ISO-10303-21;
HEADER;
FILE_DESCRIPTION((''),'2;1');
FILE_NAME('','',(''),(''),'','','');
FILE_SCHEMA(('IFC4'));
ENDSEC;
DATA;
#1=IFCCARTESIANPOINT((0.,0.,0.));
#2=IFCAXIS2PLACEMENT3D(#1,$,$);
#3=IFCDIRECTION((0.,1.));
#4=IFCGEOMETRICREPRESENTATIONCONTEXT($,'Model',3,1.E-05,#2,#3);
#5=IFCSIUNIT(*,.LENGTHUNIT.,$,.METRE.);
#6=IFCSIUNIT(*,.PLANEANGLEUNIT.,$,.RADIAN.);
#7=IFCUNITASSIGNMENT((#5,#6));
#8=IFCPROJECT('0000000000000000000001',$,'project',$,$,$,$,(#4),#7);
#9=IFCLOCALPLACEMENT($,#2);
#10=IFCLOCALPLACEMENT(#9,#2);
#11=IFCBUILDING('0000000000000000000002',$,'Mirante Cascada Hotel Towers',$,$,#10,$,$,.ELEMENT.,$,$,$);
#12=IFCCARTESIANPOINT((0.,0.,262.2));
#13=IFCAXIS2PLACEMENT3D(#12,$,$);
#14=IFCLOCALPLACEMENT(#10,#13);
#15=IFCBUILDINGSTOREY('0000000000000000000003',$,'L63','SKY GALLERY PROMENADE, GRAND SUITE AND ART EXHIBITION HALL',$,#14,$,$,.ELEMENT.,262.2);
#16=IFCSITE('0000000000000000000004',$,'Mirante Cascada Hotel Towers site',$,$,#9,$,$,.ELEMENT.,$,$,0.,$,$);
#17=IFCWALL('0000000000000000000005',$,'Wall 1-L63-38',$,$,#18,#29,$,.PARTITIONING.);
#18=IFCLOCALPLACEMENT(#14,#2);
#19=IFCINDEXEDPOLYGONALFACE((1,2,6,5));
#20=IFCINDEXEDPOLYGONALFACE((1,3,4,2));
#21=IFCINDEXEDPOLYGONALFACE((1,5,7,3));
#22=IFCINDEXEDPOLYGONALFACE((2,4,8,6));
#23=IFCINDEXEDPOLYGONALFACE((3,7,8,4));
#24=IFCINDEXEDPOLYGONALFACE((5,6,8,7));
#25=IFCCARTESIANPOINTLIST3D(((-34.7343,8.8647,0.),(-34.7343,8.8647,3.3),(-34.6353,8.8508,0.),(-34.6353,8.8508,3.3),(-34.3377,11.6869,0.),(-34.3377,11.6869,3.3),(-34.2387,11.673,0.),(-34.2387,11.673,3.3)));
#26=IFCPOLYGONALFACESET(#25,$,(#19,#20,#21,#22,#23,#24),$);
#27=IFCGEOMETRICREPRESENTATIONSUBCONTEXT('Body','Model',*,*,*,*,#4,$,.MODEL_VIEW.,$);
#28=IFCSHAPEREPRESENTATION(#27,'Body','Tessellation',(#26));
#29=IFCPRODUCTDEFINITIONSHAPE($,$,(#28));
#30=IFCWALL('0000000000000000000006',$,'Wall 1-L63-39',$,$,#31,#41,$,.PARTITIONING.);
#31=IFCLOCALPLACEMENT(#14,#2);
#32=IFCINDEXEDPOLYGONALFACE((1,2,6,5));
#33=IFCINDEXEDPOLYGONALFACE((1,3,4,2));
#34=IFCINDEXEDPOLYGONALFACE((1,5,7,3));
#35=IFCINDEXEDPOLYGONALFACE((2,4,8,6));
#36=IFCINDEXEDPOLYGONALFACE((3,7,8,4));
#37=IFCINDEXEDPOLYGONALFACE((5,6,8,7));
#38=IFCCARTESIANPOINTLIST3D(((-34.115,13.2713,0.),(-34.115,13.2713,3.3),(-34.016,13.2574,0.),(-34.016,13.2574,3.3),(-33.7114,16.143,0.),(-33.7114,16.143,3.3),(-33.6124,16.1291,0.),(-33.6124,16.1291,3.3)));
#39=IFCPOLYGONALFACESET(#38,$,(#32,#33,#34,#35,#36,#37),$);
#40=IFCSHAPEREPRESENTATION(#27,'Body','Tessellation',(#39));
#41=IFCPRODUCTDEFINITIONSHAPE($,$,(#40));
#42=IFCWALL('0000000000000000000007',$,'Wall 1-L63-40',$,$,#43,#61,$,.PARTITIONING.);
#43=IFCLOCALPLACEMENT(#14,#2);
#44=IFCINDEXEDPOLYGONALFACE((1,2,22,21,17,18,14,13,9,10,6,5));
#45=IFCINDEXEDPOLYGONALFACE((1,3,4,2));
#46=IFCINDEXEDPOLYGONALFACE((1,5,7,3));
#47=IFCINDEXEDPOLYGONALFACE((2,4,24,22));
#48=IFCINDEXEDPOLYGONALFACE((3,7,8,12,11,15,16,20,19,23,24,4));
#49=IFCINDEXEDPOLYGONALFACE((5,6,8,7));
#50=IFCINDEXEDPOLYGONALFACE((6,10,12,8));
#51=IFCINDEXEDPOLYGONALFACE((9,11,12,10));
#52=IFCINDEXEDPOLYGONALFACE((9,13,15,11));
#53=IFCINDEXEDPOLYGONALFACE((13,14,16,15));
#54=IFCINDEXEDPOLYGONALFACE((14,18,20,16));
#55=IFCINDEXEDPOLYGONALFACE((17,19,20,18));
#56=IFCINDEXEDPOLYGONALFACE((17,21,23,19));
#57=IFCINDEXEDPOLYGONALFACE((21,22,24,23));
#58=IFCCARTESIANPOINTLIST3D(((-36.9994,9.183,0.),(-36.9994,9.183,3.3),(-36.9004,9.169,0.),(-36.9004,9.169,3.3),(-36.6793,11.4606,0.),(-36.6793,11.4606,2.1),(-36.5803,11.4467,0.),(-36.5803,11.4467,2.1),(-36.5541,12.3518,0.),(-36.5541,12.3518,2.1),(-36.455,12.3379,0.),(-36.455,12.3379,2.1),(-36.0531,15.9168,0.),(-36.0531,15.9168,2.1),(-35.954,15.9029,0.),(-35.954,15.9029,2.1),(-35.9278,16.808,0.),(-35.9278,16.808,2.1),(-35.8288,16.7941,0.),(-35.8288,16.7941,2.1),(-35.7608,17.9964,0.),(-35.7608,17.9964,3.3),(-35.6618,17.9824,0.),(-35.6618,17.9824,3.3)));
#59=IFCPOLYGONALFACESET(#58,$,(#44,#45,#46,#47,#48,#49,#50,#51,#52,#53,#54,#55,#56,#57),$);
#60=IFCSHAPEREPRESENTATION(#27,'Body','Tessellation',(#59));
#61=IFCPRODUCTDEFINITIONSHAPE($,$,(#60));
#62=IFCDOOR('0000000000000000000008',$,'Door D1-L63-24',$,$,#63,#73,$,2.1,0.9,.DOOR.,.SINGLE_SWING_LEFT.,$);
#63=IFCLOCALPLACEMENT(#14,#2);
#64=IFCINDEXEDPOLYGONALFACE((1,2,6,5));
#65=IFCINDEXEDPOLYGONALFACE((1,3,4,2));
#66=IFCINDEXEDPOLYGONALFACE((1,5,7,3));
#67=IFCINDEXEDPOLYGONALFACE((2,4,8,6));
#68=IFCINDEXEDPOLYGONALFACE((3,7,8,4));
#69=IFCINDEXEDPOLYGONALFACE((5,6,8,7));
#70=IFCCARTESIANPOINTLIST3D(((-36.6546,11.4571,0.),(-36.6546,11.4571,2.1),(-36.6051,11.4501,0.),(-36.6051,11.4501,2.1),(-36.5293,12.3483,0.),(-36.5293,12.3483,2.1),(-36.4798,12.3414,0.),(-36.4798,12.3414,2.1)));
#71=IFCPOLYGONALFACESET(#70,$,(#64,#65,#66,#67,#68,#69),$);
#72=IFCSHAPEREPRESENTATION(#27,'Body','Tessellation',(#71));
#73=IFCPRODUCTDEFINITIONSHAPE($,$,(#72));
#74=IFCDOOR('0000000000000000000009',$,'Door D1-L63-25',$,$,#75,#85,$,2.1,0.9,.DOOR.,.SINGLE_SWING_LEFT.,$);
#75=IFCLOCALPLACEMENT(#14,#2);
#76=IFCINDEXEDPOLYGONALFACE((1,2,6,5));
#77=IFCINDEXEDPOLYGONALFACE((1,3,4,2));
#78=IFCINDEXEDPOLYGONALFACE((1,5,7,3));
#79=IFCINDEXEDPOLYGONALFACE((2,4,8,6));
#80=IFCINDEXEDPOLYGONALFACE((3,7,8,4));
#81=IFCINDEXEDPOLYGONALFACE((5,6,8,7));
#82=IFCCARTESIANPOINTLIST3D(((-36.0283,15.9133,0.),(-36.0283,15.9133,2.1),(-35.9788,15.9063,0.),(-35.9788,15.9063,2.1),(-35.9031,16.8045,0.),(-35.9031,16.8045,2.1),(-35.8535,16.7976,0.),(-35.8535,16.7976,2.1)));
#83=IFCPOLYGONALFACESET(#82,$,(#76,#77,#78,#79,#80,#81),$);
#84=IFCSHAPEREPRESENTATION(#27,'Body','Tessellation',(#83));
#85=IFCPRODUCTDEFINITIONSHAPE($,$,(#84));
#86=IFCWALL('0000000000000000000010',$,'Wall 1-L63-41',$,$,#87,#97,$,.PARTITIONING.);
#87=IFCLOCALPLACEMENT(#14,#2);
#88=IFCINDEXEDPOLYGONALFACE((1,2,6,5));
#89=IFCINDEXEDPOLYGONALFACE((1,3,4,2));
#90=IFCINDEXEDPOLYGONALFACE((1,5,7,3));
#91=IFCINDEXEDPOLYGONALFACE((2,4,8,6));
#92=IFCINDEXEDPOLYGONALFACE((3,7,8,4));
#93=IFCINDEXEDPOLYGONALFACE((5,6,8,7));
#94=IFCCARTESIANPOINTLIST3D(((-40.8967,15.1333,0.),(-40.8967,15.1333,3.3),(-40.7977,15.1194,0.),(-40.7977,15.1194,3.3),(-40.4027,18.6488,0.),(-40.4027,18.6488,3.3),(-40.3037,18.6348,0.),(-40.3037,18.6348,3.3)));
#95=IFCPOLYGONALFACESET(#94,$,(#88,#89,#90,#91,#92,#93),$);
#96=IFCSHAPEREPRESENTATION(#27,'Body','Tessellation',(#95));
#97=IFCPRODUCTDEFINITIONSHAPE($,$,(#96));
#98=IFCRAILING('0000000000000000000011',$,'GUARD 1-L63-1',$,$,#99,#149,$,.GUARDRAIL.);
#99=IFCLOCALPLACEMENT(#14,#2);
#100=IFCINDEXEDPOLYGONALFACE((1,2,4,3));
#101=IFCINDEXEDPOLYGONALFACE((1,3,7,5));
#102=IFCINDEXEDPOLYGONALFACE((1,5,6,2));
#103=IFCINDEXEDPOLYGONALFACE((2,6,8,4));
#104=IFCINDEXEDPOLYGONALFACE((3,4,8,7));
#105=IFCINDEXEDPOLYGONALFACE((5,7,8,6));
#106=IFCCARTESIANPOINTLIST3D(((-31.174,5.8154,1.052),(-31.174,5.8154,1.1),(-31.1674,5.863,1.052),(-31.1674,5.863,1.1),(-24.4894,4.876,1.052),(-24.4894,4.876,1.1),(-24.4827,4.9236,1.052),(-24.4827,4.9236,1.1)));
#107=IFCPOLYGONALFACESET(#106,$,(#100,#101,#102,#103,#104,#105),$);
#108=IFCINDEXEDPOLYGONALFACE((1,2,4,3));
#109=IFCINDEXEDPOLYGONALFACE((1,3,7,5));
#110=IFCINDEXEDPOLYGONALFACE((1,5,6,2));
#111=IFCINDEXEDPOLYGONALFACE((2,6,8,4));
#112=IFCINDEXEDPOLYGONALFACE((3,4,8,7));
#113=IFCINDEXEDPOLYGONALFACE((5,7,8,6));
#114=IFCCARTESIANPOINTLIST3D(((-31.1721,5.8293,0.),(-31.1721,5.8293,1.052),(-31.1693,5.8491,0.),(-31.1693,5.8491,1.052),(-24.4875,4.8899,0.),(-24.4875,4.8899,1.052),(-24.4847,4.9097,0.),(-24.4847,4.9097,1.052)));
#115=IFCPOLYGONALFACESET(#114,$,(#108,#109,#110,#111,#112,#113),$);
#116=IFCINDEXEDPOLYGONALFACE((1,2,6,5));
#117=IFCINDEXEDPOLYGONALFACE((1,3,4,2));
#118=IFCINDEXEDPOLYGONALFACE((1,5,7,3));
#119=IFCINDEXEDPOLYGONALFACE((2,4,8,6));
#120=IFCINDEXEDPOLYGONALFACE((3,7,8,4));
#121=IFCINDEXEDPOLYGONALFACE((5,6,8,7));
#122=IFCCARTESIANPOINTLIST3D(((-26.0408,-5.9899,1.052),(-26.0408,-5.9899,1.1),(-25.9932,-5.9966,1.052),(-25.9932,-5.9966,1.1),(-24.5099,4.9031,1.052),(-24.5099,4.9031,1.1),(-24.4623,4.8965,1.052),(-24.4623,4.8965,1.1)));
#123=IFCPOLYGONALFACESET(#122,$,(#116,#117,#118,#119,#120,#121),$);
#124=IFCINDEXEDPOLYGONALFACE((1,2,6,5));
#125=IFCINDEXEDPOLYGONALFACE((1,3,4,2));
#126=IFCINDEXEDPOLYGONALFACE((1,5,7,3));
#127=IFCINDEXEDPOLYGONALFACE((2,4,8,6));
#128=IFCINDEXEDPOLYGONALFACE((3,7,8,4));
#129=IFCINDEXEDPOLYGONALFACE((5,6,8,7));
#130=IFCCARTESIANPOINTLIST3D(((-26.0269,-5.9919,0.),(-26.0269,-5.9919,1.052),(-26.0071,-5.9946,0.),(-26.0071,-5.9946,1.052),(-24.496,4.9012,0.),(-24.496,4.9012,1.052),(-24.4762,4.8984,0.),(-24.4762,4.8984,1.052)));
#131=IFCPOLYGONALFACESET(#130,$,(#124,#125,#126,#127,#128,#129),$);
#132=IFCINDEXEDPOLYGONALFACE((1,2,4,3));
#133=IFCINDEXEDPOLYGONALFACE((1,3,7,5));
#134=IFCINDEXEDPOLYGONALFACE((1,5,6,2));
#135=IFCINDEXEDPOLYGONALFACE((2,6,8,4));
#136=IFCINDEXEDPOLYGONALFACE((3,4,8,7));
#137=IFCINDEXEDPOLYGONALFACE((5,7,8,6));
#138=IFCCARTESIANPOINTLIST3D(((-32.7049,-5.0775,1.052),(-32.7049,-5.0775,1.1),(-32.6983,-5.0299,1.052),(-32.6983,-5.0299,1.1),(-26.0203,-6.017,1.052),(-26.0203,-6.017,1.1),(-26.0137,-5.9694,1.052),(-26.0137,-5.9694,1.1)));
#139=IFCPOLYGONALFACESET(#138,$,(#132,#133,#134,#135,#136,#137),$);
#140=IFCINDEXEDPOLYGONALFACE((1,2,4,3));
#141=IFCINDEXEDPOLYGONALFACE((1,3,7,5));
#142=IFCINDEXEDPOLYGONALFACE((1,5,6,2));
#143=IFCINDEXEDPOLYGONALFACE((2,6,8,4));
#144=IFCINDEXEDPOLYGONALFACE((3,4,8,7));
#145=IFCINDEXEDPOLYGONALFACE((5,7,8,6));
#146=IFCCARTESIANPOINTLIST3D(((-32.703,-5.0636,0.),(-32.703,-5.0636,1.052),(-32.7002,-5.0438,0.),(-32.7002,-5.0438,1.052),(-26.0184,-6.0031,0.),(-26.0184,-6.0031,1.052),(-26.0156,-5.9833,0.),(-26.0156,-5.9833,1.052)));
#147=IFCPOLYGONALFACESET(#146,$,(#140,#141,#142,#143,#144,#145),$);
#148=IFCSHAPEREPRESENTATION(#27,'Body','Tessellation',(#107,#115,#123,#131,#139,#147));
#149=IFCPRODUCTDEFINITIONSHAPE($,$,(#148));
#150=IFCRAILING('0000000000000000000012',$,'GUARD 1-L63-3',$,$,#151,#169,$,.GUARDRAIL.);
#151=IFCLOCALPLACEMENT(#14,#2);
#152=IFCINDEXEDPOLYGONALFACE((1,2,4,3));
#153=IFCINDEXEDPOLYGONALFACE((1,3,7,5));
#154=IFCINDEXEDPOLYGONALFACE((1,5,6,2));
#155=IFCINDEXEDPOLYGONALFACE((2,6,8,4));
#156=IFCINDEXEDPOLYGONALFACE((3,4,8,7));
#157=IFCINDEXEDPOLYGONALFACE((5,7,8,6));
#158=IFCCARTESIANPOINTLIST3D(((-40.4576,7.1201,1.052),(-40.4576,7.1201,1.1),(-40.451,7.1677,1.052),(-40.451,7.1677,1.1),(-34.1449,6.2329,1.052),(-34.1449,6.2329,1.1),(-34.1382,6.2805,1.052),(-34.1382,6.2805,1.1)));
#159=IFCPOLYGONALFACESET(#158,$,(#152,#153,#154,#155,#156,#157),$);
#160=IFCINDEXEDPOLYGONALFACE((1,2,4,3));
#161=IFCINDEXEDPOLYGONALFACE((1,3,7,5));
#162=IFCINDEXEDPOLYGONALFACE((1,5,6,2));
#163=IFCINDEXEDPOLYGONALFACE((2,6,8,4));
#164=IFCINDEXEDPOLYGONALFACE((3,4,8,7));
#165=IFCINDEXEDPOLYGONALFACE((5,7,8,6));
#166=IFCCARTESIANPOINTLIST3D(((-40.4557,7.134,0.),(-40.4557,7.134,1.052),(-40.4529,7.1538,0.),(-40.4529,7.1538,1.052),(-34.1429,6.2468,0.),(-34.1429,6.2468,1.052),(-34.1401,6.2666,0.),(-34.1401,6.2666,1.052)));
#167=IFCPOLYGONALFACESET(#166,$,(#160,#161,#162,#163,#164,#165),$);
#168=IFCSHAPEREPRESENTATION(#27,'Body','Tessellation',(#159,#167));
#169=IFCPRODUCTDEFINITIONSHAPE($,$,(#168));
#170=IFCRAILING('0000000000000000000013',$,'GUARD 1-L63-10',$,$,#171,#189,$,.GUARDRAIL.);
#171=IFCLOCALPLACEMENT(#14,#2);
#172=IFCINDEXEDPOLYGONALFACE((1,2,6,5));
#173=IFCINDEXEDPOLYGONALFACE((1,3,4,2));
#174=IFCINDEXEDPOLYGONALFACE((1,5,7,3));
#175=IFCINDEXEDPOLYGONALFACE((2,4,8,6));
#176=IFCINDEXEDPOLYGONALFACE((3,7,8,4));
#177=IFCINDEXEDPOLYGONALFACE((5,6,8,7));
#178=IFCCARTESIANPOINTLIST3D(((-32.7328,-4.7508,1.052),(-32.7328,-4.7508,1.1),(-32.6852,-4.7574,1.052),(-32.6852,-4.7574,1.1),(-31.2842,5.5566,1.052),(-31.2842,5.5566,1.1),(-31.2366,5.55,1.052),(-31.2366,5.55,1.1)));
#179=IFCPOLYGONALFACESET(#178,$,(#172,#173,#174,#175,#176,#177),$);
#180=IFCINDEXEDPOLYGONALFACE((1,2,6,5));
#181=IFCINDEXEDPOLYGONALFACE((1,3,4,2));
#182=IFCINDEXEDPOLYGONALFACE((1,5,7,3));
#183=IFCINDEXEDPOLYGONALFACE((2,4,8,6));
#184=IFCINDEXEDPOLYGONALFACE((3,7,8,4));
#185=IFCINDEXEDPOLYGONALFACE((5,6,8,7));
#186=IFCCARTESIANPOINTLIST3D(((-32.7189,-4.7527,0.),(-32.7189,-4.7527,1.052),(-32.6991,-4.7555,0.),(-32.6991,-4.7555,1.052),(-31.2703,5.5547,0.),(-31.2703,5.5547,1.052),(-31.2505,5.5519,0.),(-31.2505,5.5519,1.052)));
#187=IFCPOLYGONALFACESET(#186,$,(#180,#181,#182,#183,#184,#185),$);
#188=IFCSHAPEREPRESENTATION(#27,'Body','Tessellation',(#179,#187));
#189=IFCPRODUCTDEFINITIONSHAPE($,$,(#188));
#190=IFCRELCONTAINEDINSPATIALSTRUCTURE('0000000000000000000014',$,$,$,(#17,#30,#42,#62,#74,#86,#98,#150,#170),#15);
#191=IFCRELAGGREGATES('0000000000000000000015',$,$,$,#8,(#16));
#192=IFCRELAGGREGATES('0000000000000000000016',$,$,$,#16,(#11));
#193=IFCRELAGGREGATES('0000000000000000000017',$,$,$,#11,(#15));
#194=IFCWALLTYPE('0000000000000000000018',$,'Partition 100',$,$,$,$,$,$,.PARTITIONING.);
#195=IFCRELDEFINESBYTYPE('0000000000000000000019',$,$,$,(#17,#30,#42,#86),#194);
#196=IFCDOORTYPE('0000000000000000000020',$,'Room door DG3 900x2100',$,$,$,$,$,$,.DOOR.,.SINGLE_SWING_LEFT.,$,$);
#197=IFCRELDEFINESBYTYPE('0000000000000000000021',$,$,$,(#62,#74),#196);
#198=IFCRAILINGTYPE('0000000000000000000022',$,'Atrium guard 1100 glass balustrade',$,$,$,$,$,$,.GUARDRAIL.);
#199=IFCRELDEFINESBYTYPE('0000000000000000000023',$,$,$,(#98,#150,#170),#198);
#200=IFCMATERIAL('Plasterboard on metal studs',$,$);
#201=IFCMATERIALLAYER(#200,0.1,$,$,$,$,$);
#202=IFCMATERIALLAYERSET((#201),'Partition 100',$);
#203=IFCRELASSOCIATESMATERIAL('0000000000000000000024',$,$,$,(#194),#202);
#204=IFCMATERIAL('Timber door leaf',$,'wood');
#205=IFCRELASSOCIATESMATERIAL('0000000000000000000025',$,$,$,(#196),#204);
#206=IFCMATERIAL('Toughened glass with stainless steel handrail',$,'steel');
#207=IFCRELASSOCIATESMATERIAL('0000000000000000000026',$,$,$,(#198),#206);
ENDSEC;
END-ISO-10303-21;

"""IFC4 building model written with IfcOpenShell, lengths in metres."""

from ifc_helpers import new_model, si_unit, direction, frame, frame_2d, origin, origin_2d, place, context, subcontext, project, spatial, rectangle, extrude, material, layer, layer_set, type_object, element, fill, save


model = new_model("IFC4")

# Units and contexts
model_context = context("Model", 3, precision=1e-05, world=origin(), true_north=direction((0.0, 1.0)))
body_context = subcontext(model_context, "Body", "Model", "MODEL_VIEW")
ifc_project = project(units=[si_unit("LENGTHUNIT", "METRE"), si_unit("PLANEANGLEUNIT", "RADIAN")], contexts=[model_context])

# Site, building, storey
site_placement = place(None, origin())
site = spatial("IfcSite", under=ifc_project, at=site_placement, Name="Mirante Cascada Hotel Towers site", CompositionType="ELEMENT", RefElevation=0.0)
building_placement = place(site_placement, origin())
building = spatial("IfcBuilding", under=site, at=building_placement, Name="Mirante Cascada Hotel Towers", CompositionType="ELEMENT")
storey_placement = place(building_placement, frame((0.0, 0.0, 262.2)))
storey = spatial("IfcBuildingStorey", under=building, at=storey_placement, Name="L63", Description="SKY GALLERY PROMENADE, GRAND SUITE AND ART EXHIBITION HALL", CompositionType="ELEMENT", Elevation=262.2)

# Shared definitions
ifc_material_1 = material(Name="Plasterboard on metal studs")
ifc_layer_1 = layer(ifc_material_1, 0.1)
ifc_layer_set_1 = layer_set([ifc_layer_1], Name="Partition 100")
wall_type_1 = type_object("IfcWallType", Name="Partition 100", PredefinedType="PARTITIONING", material=ifc_layer_set_1)

# Walls
wall_1_placement = place(storey_placement, frame((-34.6848, 8.8577, 0.0), z_axis=(0.0, 0.0, 1.0), x_axis=(0.139161, 0.99027, 0.0)))
element("IfcWall", 1, at=wall_1_placement, inside=storey, type_object=wall_type_1, Name="Wall 1-L63-38", PredefinedType="PARTITIONING", context=body_context, shape_type="SweptSolid", body=[
    extrude(rectangle(XDim=2.8499, YDim=0.1, at=frame_2d((1.425, 0.0))), origin(), (0.0, 0.0, 1.0), 3.3),
])
wall_2_placement = place(storey_placement, frame((-33.6619, 16.1361, 0.0), z_axis=(0.0, 0.0, 1.0), x_axis=(-0.139176, -0.990268, 0.0)))
element("IfcWall", 2, at=wall_2_placement, inside=storey, type_object=wall_type_1, Name="Wall 1-L63-39", PredefinedType="PARTITIONING", context=body_context, shape_type="SweptSolid", body=[
    extrude(rectangle(XDim=2.8999, YDim=0.1, at=frame_2d((1.45, 0.0))), origin(), (0.0, 0.0, 1.0), 3.3),
])

# Wall, openings, doors
wall_3_placement = place(storey_placement, frame((-36.9499, 9.176, 0.0), z_axis=(0.0, 0.0, 1.0), x_axis=(0.139168, 0.990269, 0.0)))
wall_3 = element("IfcWall", 3, at=wall_3_placement, inside=storey, type_object=wall_type_1, Name="Wall 1-L63-40", PredefinedType="PARTITIONING", context=body_context, shape_type="SweptSolid", body=[
    extrude(rectangle(XDim=8.9, YDim=0.1, at=frame_2d((4.45, 0.0))), origin(), (0.0, 0.0, 1.0), 3.3),
])
opening_1_placement = place(wall_3_placement, frame((2.3, 0.0, 0.0)))
opening_1 = element("IfcOpeningElement", 4, at=opening_1_placement, cuts=wall_3, PredefinedType="OPENING", context=body_context, shape_type="SweptSolid", body=[
    extrude(rectangle(XDim=0.9, YDim=2.1, at=frame_2d((0.45, 1.05))), frame((0.0, 0.05, 0.0), z_axis=(0.0, -1.0, 0.0), x_axis=(1.0, 0.0, 0.0)), (0.0, 0.0, 1.0), 0.1),
])
opening_2_placement = place(wall_3_placement, frame((6.8, 0.0, 0.0)))
opening_2 = element("IfcOpeningElement", 5, at=opening_2_placement, cuts=wall_3, PredefinedType="OPENING", context=body_context, shape_type="SweptSolid", body=[
    extrude(rectangle(XDim=0.9, YDim=2.1, at=frame_2d((0.45, 1.05))), frame((0.0, 0.05, 0.0), z_axis=(0.0, -1.0, 0.0), x_axis=(1.0, 0.0, 0.0)), (0.0, 0.0, 1.0), 0.1),
])
ifc_material_2 = material(Name="Timber door leaf", Category="wood")
door_type_1 = type_object("IfcDoorType", Name="Room door DG3 900x2100", OperationType="SINGLE_SWING_LEFT", PredefinedType="DOOR", material=ifc_material_2)
door_1_placement = place(opening_1_placement, origin())
door_1 = element("IfcDoor", 6, at=door_1_placement, inside=storey, type_object=door_type_1, Name="Door D1-L63-24", OperationType="SINGLE_SWING_LEFT", OverallHeight=2.1, OverallWidth=0.9, PredefinedType="DOOR", context=body_context, shape_type="SweptSolid", body=[
    extrude(rectangle(XDim=0.9, YDim=2.1, at=frame_2d((0.45, 1.05))), frame((0.0, 0.025, 0.0), z_axis=(0.0, -1.0, 0.0), x_axis=(1.0, 0.0, 0.0)), (0.0, 0.0, 1.0), 0.05),
])
fill(opening_1, door_1)
door_2_placement = place(opening_2_placement, origin())
door_2 = element("IfcDoor", 7, at=door_2_placement, inside=storey, type_object=door_type_1, Name="Door D1-L63-25", OperationType="SINGLE_SWING_LEFT", OverallHeight=2.1, OverallWidth=0.9, PredefinedType="DOOR", context=body_context, shape_type="SweptSolid", body=[
    extrude(rectangle(XDim=0.9, YDim=2.1, at=frame_2d((0.45, 1.05))), frame((0.0, 0.025, 0.0), z_axis=(0.0, -1.0, 0.0), x_axis=(1.0, 0.0, 0.0)), (0.0, 0.0, 1.0), 0.05),
])
fill(opening_2, door_2)

# Wall
wall_4_placement = place(storey_placement, frame((-40.3532, 18.6418, 0.0), z_axis=(0.0, 0.0, 1.0), x_axis=(-0.139153, -0.990271, 0.0)))
element("IfcWall", 8, at=wall_4_placement, inside=storey, type_object=wall_type_1, Name="Wall 1-L63-41", PredefinedType="PARTITIONING", context=body_context, shape_type="SweptSolid", body=[
    extrude(rectangle(XDim=3.55, YDim=0.1, at=frame_2d((1.775, 0.0))), origin(), (0.0, 0.0, 1.0), 3.3),
])

# Railings
ifc_material_3 = material(Name="Toughened glass with stainless steel handrail", Category="steel")
railing_type = type_object("IfcRailingType", Name="Atrium guard 1100 glass balustrade", PredefinedType="GUARDRAIL", material=ifc_material_3)
railing_1_placement = place(storey_placement, frame((-31.1707, 5.8392, 0.0)))
element("IfcRailing", 9, at=railing_1_placement, inside=storey, type_object=railing_type, Name="GUARD 1-L63-1", PredefinedType="GUARDRAIL", context=body_context, shape_type="SweptSolid", body=[
    extrude(rectangle(XDim=0.048, YDim=0.048, at=origin_2d()), frame((0.0, 0.0, 1.076), z_axis=(0.990269, -0.139164, 0.0), x_axis=(0.139164, 0.990269, 0.0)), (0.0, 0.0, 1.0), 6.7503),
    extrude(rectangle(XDim=0.02, YDim=1.052, at=origin_2d()), frame((0.0, 0.0, 0.526), z_axis=(0.990269, -0.139164, 0.0), x_axis=(0.139164, 0.990269, 0.0)), (0.0, 0.0, 1.0), 6.7503),
    extrude(rectangle(XDim=0.048, YDim=0.048, at=origin_2d()), frame((6.6846, -0.9394, 1.076), z_axis=(-0.139172, -0.990268, 0.0), x_axis=(0.990268, -0.139172, 0.0)), (0.0, 0.0, 1.0), 11.0001),
    extrude(rectangle(XDim=0.02, YDim=1.052, at=origin_2d()), frame((6.6846, -0.9394, 0.526), z_axis=(-0.139172, -0.990268, 0.0), x_axis=(0.990268, -0.139172, 0.0)), (0.0, 0.0, 1.0), 11.0001),
    extrude(rectangle(XDim=0.048, YDim=0.048, at=origin_2d()), frame((5.1537, -11.8324, 1.076), z_axis=(-0.990267, 0.139179, 0.0), x_axis=(-0.139179, -0.990267, 0.0)), (0.0, 0.0, 1.0), 6.7503),
    extrude(rectangle(XDim=0.02, YDim=1.052, at=origin_2d()), frame((5.1537, -11.8324, 0.526), z_axis=(-0.990267, 0.139179, 0.0), x_axis=(-0.139179, -0.990267, 0.0)), (0.0, 0.0, 1.0), 6.7503),
])
railing_2_placement = place(storey_placement, frame((-40.4543, 7.1439, 0.0)))
element("IfcRailing", 10, at=railing_2_placement, inside=storey, type_object=railing_type, Name="GUARD 1-L63-3", PredefinedType="GUARDRAIL", context=body_context, shape_type="SweptSolid", body=[
    extrude(rectangle(XDim=0.048, YDim=0.048, at=origin_2d()), frame((0.0, 0.0, 1.076), z_axis=(0.990268, -0.139172, 0.0), x_axis=(0.139172, 0.990268, 0.0)), (0.0, 0.0, 1.0), 6.3748),
    extrude(rectangle(XDim=0.02, YDim=1.052, at=origin_2d()), frame((0.0, 0.0, 0.526), z_axis=(0.990268, -0.139172, 0.0), x_axis=(0.139172, 0.990268, 0.0)), (0.0, 0.0, 1.0), 6.3748),
])
railing_3_placement = place(storey_placement, frame((-31.2604, 5.5533, 0.0)))
element("IfcRailing", 11, at=railing_3_placement, inside=storey, type_object=railing_type, Name="GUARD 1-L63-10", PredefinedType="GUARDRAIL", context=body_context, shape_type="SweptSolid", body=[
    extrude(rectangle(XDim=0.048, YDim=0.048, at=origin_2d()), frame((0.0, 0.0, 1.076), z_axis=(-0.139172, -0.990268, 0.0), x_axis=(0.990268, -0.139172, 0.0)), (0.0, 0.0, 1.0), 10.4087),
    extrude(rectangle(XDim=0.02, YDim=1.052, at=origin_2d()), frame((0.0, 0.0, 0.526), z_axis=(-0.139172, -0.990268, 0.0), x_axis=(0.990268, -0.139172, 0.0)), (0.0, 0.0, 1.0), 10.4087),
])

save(model, "model.ifc")
